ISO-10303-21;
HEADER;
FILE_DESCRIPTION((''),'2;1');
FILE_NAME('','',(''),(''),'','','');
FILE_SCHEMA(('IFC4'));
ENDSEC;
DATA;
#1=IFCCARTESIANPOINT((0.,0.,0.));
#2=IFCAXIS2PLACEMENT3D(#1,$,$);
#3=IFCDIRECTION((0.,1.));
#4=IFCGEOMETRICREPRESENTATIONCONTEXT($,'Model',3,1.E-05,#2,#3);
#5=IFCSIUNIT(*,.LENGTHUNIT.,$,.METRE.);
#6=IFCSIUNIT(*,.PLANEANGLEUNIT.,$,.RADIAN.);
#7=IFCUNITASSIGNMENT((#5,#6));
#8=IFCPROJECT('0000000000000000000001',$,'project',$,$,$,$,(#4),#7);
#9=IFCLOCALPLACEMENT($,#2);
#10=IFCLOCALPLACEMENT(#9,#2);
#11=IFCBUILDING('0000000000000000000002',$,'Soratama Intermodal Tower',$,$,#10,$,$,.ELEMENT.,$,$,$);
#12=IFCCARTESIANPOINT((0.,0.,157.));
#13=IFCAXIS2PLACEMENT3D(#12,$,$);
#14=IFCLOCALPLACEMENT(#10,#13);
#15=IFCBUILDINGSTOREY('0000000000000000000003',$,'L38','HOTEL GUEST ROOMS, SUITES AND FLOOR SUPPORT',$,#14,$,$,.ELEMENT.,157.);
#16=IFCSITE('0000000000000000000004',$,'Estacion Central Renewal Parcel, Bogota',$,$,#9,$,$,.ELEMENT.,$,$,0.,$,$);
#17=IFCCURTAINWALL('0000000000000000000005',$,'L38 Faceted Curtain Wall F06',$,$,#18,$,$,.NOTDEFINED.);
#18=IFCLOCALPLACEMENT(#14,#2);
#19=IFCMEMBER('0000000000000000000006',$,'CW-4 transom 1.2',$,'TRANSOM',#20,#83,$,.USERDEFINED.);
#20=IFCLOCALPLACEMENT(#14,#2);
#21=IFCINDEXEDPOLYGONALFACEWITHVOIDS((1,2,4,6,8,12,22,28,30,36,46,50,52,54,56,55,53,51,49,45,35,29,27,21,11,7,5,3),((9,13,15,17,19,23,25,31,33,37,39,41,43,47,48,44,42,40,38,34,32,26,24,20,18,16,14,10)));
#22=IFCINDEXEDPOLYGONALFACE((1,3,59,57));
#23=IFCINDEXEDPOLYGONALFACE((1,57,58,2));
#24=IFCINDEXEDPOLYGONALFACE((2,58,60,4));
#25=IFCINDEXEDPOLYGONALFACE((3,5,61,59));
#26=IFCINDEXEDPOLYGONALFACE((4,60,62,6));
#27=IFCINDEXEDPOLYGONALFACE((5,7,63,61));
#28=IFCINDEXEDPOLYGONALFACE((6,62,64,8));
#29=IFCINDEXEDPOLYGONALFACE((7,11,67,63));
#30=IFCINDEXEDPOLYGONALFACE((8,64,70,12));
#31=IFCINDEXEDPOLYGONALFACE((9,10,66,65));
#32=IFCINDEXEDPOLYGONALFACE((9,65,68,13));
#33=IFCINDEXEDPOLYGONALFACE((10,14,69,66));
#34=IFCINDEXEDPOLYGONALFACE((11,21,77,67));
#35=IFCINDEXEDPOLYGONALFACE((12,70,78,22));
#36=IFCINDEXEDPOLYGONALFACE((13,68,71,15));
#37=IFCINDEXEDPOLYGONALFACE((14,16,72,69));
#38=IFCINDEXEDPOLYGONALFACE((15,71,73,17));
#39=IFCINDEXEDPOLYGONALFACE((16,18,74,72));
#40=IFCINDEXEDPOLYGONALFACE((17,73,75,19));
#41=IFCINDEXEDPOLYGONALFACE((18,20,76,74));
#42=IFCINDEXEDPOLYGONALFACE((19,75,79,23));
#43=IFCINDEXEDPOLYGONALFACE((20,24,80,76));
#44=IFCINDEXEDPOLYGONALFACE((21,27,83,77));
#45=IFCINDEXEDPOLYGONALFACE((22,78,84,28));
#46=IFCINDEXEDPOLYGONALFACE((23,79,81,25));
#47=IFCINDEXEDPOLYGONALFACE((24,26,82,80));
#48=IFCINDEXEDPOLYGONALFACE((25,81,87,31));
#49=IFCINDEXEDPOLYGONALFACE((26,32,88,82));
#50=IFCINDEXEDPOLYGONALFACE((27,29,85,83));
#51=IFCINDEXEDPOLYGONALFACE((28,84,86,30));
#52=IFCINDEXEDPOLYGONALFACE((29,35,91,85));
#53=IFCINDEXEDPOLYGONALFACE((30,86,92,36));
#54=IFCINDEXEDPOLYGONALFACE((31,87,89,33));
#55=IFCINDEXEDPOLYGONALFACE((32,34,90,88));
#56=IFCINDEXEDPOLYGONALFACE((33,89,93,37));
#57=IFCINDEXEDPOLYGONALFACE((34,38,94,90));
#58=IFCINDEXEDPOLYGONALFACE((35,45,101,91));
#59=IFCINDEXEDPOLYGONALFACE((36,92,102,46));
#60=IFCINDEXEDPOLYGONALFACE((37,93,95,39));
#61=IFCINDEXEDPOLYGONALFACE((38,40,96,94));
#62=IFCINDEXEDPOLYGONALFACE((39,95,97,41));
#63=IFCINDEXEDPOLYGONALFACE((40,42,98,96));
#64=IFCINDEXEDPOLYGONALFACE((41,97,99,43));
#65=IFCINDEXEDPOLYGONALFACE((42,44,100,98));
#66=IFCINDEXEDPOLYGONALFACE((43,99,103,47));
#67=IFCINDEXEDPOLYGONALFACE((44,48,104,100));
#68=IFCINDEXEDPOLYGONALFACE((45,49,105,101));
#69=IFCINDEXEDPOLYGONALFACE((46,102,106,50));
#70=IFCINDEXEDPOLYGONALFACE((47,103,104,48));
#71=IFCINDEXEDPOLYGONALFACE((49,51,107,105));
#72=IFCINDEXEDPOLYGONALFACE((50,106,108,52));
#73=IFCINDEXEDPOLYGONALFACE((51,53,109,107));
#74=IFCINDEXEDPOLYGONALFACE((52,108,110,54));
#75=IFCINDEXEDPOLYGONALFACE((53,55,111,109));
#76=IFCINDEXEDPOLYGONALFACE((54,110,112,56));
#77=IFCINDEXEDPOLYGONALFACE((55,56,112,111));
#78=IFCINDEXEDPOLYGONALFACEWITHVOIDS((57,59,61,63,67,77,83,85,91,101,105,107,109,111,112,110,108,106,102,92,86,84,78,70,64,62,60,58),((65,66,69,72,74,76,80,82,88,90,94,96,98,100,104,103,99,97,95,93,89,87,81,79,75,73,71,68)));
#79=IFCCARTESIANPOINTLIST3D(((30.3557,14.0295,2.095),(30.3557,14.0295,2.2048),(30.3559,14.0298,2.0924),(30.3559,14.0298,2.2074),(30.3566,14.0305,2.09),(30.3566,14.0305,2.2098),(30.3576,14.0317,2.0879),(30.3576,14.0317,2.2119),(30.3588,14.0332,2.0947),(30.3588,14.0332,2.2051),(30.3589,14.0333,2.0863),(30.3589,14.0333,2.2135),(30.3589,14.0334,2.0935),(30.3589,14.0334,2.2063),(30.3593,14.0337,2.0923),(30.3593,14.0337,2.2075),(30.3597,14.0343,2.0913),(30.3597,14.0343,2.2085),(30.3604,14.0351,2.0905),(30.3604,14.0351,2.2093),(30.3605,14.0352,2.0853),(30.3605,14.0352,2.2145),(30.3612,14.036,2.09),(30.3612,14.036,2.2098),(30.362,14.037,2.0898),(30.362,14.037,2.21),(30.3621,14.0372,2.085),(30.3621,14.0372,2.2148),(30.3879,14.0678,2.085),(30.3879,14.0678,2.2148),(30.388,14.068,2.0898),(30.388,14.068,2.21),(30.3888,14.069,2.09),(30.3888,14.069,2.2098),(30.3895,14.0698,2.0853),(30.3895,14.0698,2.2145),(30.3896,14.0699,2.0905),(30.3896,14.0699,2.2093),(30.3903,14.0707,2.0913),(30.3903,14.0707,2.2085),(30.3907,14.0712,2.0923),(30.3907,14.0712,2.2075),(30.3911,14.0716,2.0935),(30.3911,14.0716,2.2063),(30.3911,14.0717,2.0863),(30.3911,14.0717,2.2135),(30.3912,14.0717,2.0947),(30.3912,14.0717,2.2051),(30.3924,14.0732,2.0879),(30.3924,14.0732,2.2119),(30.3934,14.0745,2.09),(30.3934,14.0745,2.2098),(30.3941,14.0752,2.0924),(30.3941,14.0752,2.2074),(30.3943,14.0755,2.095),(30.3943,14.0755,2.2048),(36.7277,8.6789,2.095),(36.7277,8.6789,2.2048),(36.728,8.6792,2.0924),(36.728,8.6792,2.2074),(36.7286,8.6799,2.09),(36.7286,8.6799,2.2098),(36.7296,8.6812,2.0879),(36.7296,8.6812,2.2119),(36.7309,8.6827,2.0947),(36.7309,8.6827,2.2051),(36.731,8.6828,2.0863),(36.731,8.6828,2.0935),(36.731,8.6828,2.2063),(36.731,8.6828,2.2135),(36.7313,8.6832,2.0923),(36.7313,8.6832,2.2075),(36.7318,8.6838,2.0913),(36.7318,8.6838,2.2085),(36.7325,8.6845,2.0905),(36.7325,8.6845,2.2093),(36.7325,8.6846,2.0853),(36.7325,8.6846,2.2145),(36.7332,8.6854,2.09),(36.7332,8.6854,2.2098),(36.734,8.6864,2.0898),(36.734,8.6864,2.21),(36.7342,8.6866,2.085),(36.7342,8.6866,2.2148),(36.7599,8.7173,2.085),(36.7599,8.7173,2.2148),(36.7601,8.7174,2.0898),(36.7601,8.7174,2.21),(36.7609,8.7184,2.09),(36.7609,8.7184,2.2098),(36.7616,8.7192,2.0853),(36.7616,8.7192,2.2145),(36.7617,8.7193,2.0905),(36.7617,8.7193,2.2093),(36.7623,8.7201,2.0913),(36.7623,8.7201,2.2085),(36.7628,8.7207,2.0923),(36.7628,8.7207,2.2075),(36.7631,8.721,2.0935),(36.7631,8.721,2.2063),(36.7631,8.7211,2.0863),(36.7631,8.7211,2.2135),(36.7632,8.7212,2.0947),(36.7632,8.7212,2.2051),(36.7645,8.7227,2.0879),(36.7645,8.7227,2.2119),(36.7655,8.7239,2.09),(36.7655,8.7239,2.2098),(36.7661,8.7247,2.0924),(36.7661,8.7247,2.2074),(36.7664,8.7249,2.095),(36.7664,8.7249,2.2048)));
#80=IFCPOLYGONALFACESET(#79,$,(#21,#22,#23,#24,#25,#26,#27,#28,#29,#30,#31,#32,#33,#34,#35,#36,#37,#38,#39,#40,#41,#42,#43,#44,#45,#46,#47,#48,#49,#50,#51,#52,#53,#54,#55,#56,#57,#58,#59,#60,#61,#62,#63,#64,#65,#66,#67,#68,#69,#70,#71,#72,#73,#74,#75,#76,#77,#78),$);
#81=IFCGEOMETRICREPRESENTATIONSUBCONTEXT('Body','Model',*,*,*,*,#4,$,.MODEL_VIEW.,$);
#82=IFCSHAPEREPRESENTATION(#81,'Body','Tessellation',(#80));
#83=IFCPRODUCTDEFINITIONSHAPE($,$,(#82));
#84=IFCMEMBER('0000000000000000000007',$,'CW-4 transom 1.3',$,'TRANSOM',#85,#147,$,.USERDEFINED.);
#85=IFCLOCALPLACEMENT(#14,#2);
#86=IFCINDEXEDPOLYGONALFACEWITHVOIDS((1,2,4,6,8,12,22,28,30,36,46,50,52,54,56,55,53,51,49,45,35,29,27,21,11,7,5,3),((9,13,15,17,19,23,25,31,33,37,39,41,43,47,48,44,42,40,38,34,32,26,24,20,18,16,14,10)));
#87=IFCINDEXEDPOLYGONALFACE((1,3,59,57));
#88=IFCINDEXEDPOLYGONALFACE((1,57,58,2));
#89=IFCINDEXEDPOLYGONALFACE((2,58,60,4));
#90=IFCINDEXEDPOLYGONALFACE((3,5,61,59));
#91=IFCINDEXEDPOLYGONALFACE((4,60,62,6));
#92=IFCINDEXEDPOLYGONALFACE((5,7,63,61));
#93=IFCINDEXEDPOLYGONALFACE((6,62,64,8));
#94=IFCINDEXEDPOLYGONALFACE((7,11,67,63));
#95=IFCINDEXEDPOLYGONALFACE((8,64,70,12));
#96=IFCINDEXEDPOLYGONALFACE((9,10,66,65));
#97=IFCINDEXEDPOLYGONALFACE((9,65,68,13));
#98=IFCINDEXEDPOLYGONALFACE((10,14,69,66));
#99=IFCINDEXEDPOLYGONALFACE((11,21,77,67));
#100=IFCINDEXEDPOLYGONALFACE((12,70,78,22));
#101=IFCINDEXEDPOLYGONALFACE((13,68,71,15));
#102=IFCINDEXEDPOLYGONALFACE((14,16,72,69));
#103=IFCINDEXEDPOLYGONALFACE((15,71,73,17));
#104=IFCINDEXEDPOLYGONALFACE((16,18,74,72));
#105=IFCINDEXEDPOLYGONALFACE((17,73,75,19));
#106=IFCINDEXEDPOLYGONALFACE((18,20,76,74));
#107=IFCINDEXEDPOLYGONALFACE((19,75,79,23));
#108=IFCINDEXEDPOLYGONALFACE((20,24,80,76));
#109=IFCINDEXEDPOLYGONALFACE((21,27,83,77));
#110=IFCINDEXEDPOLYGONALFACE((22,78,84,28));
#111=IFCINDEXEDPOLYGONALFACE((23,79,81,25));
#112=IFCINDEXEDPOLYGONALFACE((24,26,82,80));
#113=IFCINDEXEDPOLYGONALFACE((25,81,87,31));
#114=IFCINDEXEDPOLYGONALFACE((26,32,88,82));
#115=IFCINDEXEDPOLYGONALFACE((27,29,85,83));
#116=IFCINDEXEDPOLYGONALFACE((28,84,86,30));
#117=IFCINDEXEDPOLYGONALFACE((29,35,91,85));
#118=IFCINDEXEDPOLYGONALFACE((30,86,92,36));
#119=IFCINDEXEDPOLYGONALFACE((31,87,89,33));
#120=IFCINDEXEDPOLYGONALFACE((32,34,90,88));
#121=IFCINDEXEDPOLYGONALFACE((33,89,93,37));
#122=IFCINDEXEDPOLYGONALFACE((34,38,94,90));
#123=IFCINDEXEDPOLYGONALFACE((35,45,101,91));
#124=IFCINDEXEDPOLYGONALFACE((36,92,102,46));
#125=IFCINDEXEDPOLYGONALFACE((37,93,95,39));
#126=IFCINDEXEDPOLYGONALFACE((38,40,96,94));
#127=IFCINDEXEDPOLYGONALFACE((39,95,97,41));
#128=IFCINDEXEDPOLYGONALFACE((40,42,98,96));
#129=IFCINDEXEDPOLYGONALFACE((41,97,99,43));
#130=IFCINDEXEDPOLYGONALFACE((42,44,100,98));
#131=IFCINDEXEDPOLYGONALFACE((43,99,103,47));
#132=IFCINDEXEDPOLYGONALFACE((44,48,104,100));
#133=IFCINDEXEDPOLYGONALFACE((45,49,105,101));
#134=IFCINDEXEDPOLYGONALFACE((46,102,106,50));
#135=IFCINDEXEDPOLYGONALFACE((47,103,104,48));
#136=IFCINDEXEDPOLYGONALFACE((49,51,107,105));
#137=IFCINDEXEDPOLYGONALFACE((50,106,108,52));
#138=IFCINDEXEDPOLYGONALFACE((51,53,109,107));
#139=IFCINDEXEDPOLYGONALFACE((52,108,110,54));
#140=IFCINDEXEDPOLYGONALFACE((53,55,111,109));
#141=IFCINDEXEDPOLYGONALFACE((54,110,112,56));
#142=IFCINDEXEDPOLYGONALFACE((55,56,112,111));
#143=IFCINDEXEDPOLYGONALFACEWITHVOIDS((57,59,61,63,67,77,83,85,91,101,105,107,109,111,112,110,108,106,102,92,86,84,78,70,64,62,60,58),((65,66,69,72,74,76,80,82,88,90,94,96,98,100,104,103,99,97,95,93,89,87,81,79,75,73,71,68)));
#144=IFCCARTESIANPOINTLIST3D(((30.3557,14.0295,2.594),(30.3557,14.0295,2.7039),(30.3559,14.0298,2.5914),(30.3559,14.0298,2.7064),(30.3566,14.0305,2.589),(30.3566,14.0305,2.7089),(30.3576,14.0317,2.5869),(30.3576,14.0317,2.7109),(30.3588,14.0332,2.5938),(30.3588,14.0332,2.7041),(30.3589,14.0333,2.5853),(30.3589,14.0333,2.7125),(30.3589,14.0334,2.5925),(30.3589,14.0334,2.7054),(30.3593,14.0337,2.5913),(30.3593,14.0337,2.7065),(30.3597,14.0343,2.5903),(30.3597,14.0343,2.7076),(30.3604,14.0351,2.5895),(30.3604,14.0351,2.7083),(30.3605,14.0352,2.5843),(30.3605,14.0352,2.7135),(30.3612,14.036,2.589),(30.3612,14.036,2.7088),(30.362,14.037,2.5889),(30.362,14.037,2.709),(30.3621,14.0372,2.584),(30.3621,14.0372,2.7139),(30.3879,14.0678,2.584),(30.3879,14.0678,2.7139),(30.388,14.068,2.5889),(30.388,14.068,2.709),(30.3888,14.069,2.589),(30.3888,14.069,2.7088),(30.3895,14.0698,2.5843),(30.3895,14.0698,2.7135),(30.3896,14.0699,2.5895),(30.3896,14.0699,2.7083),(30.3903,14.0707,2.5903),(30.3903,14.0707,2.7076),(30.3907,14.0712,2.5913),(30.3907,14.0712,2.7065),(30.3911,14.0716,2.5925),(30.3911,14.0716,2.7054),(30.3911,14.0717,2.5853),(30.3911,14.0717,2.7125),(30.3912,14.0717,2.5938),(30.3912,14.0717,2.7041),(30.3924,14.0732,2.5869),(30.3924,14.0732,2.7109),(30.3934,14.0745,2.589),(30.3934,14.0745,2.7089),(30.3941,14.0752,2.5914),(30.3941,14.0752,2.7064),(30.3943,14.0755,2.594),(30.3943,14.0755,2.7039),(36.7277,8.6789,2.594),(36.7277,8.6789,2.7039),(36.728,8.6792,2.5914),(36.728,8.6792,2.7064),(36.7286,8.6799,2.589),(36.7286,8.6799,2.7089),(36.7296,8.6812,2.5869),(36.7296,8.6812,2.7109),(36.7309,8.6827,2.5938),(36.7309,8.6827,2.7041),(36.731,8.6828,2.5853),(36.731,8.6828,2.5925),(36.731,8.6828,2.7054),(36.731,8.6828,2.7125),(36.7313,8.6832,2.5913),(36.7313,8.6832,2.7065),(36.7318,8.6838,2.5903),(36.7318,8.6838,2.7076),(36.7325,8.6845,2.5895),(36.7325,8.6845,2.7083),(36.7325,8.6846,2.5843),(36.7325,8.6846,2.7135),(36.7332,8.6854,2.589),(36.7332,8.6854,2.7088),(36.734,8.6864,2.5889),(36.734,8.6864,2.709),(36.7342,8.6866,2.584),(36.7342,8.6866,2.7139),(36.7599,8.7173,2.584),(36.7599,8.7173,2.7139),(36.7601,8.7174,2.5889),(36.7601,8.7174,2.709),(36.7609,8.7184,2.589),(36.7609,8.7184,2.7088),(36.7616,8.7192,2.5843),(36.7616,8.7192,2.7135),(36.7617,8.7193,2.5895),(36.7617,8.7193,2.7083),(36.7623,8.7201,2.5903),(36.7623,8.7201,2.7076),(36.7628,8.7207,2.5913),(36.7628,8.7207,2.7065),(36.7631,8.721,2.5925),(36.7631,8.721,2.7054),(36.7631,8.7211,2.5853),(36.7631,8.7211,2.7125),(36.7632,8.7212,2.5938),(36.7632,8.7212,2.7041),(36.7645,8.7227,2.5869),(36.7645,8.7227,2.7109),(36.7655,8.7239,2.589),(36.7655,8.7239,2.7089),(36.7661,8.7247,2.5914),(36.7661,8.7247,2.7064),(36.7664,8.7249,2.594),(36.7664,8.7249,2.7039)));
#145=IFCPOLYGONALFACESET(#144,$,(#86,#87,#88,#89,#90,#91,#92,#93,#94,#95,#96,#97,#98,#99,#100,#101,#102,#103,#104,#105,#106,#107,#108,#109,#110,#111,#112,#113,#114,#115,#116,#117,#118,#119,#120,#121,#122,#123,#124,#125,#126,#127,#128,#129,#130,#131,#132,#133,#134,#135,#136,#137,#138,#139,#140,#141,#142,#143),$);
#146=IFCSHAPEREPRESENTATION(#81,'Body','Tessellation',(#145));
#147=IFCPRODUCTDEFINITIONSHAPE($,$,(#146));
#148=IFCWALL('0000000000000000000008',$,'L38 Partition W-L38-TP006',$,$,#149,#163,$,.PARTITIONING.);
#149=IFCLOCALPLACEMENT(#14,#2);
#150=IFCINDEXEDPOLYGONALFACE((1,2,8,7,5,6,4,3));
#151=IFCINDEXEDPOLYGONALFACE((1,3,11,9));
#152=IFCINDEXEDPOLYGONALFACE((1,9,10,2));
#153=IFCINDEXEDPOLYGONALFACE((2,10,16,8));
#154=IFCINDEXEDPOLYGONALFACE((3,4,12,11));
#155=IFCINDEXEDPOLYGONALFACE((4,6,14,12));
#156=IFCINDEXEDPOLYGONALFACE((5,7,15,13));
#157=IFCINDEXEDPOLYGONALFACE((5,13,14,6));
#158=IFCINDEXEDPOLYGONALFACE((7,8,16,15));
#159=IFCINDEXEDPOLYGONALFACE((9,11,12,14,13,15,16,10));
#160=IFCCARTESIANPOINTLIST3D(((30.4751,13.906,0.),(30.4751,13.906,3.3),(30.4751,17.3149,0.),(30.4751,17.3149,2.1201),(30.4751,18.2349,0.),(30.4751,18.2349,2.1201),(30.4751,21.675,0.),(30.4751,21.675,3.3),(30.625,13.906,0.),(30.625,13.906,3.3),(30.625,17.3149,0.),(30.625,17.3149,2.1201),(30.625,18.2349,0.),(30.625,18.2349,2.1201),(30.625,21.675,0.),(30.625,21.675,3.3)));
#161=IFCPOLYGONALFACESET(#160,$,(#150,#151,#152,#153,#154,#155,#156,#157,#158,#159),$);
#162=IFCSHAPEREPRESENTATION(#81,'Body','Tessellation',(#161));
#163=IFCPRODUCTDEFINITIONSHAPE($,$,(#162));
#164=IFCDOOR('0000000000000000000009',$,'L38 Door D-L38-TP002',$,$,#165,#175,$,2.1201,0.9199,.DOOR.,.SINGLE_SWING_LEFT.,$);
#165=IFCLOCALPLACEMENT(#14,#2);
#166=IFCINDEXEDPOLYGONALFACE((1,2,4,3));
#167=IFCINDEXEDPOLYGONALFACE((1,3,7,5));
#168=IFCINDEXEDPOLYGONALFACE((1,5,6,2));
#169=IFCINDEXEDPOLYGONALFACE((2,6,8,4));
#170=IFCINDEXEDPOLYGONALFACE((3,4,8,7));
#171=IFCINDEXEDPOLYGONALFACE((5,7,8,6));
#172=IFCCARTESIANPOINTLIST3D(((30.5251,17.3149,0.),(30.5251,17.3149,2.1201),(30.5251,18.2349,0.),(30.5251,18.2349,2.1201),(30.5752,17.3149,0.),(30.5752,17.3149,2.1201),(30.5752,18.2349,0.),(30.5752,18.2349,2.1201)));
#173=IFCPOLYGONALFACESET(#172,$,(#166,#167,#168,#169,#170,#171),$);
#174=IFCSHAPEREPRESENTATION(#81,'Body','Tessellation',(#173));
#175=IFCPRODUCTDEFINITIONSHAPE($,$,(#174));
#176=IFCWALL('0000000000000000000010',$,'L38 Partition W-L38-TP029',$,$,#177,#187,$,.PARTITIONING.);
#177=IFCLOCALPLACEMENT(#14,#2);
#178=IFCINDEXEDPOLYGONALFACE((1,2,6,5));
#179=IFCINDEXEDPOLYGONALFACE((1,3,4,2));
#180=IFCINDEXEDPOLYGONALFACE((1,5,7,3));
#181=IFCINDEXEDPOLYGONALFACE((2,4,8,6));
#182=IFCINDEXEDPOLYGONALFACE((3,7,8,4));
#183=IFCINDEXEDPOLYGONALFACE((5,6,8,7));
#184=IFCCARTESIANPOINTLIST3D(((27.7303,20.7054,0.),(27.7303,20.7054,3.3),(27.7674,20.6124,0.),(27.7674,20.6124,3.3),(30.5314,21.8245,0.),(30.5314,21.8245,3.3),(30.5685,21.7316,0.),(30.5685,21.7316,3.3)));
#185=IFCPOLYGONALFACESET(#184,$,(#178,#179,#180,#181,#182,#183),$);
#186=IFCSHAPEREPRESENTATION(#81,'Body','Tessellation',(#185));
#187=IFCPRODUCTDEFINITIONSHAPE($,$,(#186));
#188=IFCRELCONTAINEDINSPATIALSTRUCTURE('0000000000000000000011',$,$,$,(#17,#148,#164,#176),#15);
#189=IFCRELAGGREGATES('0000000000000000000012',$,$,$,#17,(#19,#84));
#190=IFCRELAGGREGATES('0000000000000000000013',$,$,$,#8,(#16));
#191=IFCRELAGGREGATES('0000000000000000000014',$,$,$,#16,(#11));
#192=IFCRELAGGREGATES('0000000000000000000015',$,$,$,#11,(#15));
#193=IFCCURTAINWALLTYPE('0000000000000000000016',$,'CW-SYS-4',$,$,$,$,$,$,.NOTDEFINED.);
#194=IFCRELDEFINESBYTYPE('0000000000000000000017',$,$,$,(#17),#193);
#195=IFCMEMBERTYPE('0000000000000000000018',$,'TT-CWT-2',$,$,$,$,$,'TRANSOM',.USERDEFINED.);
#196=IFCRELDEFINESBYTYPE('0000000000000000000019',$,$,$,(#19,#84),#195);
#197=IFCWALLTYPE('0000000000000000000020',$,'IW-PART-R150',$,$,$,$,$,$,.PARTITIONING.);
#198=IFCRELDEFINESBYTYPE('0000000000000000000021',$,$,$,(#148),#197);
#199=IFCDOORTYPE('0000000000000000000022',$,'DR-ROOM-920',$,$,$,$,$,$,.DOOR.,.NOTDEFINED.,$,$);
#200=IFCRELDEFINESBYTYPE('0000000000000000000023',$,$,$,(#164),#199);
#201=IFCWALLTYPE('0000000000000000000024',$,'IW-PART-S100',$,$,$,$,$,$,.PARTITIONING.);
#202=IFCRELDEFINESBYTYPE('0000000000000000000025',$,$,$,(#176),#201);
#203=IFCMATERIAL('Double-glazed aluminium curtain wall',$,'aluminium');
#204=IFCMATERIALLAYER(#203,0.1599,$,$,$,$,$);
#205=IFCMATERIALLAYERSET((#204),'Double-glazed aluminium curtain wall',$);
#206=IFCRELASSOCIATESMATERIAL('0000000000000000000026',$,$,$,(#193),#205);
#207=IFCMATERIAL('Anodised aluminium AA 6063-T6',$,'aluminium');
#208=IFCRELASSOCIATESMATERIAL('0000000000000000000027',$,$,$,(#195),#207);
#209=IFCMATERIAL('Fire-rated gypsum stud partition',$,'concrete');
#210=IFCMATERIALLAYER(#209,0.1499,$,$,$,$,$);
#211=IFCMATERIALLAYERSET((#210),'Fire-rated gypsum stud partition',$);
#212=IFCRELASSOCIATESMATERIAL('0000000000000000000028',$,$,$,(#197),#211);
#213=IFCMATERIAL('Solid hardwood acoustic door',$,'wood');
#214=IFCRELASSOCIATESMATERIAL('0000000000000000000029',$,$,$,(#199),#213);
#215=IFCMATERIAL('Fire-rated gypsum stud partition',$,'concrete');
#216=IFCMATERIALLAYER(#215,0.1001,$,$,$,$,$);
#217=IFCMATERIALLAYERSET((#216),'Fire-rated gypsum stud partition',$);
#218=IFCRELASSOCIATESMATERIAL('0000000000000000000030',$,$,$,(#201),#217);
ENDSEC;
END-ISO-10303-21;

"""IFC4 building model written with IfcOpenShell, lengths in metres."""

from ifc_helpers import new_model, si_unit, direction, frame, frame_2d, origin, origin_2d, place, context, subcontext, project, spatial, rectangle, hollow_rectangle, extrude, material, layer, layer_set, material_profile, profile_set, type_object, element, fill, aggregate, save


model = new_model("IFC4")

# Units and contexts
model_context = context("Model", 3, precision=1e-05, world=origin(), true_north=direction((0.0, 1.0)))
body_context = subcontext(model_context, "Body", "Model", "MODEL_VIEW")
ifc_project = project(units=[si_unit("LENGTHUNIT", "METRE"), si_unit("PLANEANGLEUNIT", "RADIAN")], contexts=[model_context])

# Site, building, storey
site_placement = place(None, origin())
site = spatial("IfcSite", under=ifc_project, at=site_placement, Name="Estacion Central Renewal Parcel, Bogota", CompositionType="ELEMENT", RefElevation=0.0)
building_placement = place(site_placement, origin())
building = spatial("IfcBuilding", under=site, at=building_placement, Name="Soratama Intermodal Tower", CompositionType="ELEMENT")
storey_placement = place(building_placement, frame((0.0, 0.0, 157.0)))
storey = spatial("IfcBuildingStorey", under=building, at=storey_placement, Name="L38", Description="HOTEL GUEST ROOMS, SUITES AND FLOOR SUPPORT", CompositionType="ELEMENT", Elevation=157.0)

# Curtain wall, members
ifc_material_1 = material(Name="Double-glazed aluminium curtain wall", Category="aluminium")
ifc_layer_1 = layer(ifc_material_1, 0.1599)
ifc_layer_set_1 = layer_set([ifc_layer_1], Name="Double-glazed aluminium curtain wall")
curtain_wall_type = type_object("IfcCurtainWallType", Name="CW-SYS-4", PredefinedType="NOTDEFINED", material=ifc_layer_set_1)
curtain_wall_placement = place(storey_placement, origin())
curtain_wall = element("IfcCurtainWall", 1, at=curtain_wall_placement, inside=storey, type_object=curtain_wall_type, Name="L38 Faceted Curtain Wall F06", PredefinedType="NOTDEFINED")
ifc_material_2 = material(Name="Anodised aluminium AA 6063-T6", Category="aluminium")
ifc_material_profile_1 = material_profile(ifc_material_2, hollow_rectangle(XDim=0.0601, YDim=0.1299, WallThickness=0.0049, InnerFilletRadius=0.0049, OuterFilletRadius=0.01, at=origin_2d()), Name="CWT130X60X5")
ifc_profile_set_1 = profile_set([ifc_material_profile_1], Name="Anodised aluminium AA 6063-T6")
member_type = type_object("IfcMemberType", Name="TT-CWT-2", ElementType="TRANSOM", PredefinedType="USERDEFINED", material=ifc_profile_set_1)
member_1_placement = place(storey_placement, frame((30.375, 14.0525, 2.1499), z_axis=(0.76582, -0.643054, 0.0), x_axis=(0.643054, 0.76582, 0.0)))
member_1 = element("IfcMember", 2, at=member_1_placement, type_object=member_type, Name="CW-4 transom 1.2", ObjectType="TRANSOM", PredefinedType="USERDEFINED", context=body_context, shape_type="SweptSolid", body=[
    extrude(hollow_rectangle(XDim=0.0601, YDim=0.1299, WallThickness=0.0049, InnerFilletRadius=0.0049, OuterFilletRadius=0.01, at=origin_2d()), origin(), (0.0, 0.0, 1.0), 8.3206),
])
member_2_placement = place(storey_placement, frame((30.375, 14.0525, 2.6489), z_axis=(0.76582, -0.643054, 0.0), x_axis=(0.643054, 0.76582, 0.0)))
member_2 = element("IfcMember", 3, at=member_2_placement, type_object=member_type, Name="CW-4 transom 1.3", ObjectType="TRANSOM", PredefinedType="USERDEFINED", context=body_context, shape_type="SweptSolid", body=[
    extrude(hollow_rectangle(XDim=0.0601, YDim=0.1299, WallThickness=0.0049, InnerFilletRadius=0.0049, OuterFilletRadius=0.01, at=origin_2d()), origin(), (0.0, 0.0, 1.0), 8.3206),
])
aggregate(curtain_wall, [member_1, member_2])

# Wall, opening, door
ifc_material_3 = material(Name="Fire-rated gypsum stud partition", Category="concrete")
ifc_layer_2 = layer(ifc_material_3, 0.1499)
ifc_layer_set_2 = layer_set([ifc_layer_2], Name="Fire-rated gypsum stud partition")
wall_type_1 = type_object("IfcWallType", Name="IW-PART-R150", PredefinedType="PARTITIONING", material=ifc_layer_set_2)
wall_1_placement = place(storey_placement, frame((30.55, 13.906, 0.0), z_axis=(0.0, 0.0, 1.0), x_axis=(0.0, 1.0, 0.0)))
wall_1 = element("IfcWall", 4, at=wall_1_placement, inside=storey, type_object=wall_type_1, Name="L38 Partition W-L38-TP006", PredefinedType="PARTITIONING", context=body_context, shape_type="SweptSolid", body=[
    extrude(rectangle(XDim=7.769, YDim=0.1499, at=frame_2d((3.8845, 0.0))), origin(), (0.0, 0.0, 1.0), 3.3),
])
opening_1_placement = place(wall_1_placement, frame((3.4089, 0.0, 0.0)))
opening_1 = element("IfcOpeningElement", 5, at=opening_1_placement, cuts=wall_1, PredefinedType="OPENING", context=body_context, shape_type="SweptSolid", body=[
    extrude(rectangle(XDim=0.9199, YDim=2.1201, at=frame_2d((0.46, 1.0601))), frame((0.0, 0.085, 0.0), z_axis=(0.0, -1.0, 0.0), x_axis=(1.0, 0.0, 0.0)), (0.0, 0.0, 1.0), 0.1699),
])
ifc_material_4 = material(Name="Solid hardwood acoustic door", Category="wood")
door_type = type_object("IfcDoorType", Name="DR-ROOM-920", OperationType="NOTDEFINED", PredefinedType="DOOR", material=ifc_material_4)
door_1_placement = place(opening_1_placement, origin())
door_1 = element("IfcDoor", 6, at=door_1_placement, inside=storey, type_object=door_type, Name="L38 Door D-L38-TP002", OperationType="SINGLE_SWING_LEFT", OverallHeight=2.1201, OverallWidth=0.9199, PredefinedType="DOOR", context=body_context, shape_type="SweptSolid", body=[
    extrude(rectangle(XDim=0.9199, YDim=2.1201, at=frame_2d((0.46, 1.0601))), frame((0.0, 0.0249, 0.0), z_axis=(0.0, -1.0, 0.0), x_axis=(1.0, 0.0, 0.0)), (0.0, 0.0, 1.0), 0.05),
])
fill(opening_1, door_1)

# Wall
ifc_material_5 = material(Name="Fire-rated gypsum stud partition", Category="concrete")
ifc_layer_3 = layer(ifc_material_5, 0.1001)
ifc_layer_set_3 = layer_set([ifc_layer_3], Name="Fire-rated gypsum stud partition")
wall_type_2 = type_object("IfcWallType", Name="IW-PART-S100", PredefinedType="PARTITIONING", material=ifc_layer_set_3)
wall_2_placement = place(storey_placement, frame((30.55, 21.7781, 0.0), z_axis=(0.0, 0.0, 1.0), x_axis=(-0.928622, -0.371028, 0.0)))
element("IfcWall", 7, at=wall_2_placement, inside=storey, type_object=wall_type_2, Name="L38 Partition W-L38-TP029", PredefinedType="PARTITIONING", context=body_context, shape_type="SweptSolid", body=[
    extrude(rectangle(XDim=3.0164, YDim=0.1001, at=frame_2d((1.5083, 0.0))), origin(), (0.0, 0.0, 1.0), 3.3),
])

save(model, "model.ifc")
